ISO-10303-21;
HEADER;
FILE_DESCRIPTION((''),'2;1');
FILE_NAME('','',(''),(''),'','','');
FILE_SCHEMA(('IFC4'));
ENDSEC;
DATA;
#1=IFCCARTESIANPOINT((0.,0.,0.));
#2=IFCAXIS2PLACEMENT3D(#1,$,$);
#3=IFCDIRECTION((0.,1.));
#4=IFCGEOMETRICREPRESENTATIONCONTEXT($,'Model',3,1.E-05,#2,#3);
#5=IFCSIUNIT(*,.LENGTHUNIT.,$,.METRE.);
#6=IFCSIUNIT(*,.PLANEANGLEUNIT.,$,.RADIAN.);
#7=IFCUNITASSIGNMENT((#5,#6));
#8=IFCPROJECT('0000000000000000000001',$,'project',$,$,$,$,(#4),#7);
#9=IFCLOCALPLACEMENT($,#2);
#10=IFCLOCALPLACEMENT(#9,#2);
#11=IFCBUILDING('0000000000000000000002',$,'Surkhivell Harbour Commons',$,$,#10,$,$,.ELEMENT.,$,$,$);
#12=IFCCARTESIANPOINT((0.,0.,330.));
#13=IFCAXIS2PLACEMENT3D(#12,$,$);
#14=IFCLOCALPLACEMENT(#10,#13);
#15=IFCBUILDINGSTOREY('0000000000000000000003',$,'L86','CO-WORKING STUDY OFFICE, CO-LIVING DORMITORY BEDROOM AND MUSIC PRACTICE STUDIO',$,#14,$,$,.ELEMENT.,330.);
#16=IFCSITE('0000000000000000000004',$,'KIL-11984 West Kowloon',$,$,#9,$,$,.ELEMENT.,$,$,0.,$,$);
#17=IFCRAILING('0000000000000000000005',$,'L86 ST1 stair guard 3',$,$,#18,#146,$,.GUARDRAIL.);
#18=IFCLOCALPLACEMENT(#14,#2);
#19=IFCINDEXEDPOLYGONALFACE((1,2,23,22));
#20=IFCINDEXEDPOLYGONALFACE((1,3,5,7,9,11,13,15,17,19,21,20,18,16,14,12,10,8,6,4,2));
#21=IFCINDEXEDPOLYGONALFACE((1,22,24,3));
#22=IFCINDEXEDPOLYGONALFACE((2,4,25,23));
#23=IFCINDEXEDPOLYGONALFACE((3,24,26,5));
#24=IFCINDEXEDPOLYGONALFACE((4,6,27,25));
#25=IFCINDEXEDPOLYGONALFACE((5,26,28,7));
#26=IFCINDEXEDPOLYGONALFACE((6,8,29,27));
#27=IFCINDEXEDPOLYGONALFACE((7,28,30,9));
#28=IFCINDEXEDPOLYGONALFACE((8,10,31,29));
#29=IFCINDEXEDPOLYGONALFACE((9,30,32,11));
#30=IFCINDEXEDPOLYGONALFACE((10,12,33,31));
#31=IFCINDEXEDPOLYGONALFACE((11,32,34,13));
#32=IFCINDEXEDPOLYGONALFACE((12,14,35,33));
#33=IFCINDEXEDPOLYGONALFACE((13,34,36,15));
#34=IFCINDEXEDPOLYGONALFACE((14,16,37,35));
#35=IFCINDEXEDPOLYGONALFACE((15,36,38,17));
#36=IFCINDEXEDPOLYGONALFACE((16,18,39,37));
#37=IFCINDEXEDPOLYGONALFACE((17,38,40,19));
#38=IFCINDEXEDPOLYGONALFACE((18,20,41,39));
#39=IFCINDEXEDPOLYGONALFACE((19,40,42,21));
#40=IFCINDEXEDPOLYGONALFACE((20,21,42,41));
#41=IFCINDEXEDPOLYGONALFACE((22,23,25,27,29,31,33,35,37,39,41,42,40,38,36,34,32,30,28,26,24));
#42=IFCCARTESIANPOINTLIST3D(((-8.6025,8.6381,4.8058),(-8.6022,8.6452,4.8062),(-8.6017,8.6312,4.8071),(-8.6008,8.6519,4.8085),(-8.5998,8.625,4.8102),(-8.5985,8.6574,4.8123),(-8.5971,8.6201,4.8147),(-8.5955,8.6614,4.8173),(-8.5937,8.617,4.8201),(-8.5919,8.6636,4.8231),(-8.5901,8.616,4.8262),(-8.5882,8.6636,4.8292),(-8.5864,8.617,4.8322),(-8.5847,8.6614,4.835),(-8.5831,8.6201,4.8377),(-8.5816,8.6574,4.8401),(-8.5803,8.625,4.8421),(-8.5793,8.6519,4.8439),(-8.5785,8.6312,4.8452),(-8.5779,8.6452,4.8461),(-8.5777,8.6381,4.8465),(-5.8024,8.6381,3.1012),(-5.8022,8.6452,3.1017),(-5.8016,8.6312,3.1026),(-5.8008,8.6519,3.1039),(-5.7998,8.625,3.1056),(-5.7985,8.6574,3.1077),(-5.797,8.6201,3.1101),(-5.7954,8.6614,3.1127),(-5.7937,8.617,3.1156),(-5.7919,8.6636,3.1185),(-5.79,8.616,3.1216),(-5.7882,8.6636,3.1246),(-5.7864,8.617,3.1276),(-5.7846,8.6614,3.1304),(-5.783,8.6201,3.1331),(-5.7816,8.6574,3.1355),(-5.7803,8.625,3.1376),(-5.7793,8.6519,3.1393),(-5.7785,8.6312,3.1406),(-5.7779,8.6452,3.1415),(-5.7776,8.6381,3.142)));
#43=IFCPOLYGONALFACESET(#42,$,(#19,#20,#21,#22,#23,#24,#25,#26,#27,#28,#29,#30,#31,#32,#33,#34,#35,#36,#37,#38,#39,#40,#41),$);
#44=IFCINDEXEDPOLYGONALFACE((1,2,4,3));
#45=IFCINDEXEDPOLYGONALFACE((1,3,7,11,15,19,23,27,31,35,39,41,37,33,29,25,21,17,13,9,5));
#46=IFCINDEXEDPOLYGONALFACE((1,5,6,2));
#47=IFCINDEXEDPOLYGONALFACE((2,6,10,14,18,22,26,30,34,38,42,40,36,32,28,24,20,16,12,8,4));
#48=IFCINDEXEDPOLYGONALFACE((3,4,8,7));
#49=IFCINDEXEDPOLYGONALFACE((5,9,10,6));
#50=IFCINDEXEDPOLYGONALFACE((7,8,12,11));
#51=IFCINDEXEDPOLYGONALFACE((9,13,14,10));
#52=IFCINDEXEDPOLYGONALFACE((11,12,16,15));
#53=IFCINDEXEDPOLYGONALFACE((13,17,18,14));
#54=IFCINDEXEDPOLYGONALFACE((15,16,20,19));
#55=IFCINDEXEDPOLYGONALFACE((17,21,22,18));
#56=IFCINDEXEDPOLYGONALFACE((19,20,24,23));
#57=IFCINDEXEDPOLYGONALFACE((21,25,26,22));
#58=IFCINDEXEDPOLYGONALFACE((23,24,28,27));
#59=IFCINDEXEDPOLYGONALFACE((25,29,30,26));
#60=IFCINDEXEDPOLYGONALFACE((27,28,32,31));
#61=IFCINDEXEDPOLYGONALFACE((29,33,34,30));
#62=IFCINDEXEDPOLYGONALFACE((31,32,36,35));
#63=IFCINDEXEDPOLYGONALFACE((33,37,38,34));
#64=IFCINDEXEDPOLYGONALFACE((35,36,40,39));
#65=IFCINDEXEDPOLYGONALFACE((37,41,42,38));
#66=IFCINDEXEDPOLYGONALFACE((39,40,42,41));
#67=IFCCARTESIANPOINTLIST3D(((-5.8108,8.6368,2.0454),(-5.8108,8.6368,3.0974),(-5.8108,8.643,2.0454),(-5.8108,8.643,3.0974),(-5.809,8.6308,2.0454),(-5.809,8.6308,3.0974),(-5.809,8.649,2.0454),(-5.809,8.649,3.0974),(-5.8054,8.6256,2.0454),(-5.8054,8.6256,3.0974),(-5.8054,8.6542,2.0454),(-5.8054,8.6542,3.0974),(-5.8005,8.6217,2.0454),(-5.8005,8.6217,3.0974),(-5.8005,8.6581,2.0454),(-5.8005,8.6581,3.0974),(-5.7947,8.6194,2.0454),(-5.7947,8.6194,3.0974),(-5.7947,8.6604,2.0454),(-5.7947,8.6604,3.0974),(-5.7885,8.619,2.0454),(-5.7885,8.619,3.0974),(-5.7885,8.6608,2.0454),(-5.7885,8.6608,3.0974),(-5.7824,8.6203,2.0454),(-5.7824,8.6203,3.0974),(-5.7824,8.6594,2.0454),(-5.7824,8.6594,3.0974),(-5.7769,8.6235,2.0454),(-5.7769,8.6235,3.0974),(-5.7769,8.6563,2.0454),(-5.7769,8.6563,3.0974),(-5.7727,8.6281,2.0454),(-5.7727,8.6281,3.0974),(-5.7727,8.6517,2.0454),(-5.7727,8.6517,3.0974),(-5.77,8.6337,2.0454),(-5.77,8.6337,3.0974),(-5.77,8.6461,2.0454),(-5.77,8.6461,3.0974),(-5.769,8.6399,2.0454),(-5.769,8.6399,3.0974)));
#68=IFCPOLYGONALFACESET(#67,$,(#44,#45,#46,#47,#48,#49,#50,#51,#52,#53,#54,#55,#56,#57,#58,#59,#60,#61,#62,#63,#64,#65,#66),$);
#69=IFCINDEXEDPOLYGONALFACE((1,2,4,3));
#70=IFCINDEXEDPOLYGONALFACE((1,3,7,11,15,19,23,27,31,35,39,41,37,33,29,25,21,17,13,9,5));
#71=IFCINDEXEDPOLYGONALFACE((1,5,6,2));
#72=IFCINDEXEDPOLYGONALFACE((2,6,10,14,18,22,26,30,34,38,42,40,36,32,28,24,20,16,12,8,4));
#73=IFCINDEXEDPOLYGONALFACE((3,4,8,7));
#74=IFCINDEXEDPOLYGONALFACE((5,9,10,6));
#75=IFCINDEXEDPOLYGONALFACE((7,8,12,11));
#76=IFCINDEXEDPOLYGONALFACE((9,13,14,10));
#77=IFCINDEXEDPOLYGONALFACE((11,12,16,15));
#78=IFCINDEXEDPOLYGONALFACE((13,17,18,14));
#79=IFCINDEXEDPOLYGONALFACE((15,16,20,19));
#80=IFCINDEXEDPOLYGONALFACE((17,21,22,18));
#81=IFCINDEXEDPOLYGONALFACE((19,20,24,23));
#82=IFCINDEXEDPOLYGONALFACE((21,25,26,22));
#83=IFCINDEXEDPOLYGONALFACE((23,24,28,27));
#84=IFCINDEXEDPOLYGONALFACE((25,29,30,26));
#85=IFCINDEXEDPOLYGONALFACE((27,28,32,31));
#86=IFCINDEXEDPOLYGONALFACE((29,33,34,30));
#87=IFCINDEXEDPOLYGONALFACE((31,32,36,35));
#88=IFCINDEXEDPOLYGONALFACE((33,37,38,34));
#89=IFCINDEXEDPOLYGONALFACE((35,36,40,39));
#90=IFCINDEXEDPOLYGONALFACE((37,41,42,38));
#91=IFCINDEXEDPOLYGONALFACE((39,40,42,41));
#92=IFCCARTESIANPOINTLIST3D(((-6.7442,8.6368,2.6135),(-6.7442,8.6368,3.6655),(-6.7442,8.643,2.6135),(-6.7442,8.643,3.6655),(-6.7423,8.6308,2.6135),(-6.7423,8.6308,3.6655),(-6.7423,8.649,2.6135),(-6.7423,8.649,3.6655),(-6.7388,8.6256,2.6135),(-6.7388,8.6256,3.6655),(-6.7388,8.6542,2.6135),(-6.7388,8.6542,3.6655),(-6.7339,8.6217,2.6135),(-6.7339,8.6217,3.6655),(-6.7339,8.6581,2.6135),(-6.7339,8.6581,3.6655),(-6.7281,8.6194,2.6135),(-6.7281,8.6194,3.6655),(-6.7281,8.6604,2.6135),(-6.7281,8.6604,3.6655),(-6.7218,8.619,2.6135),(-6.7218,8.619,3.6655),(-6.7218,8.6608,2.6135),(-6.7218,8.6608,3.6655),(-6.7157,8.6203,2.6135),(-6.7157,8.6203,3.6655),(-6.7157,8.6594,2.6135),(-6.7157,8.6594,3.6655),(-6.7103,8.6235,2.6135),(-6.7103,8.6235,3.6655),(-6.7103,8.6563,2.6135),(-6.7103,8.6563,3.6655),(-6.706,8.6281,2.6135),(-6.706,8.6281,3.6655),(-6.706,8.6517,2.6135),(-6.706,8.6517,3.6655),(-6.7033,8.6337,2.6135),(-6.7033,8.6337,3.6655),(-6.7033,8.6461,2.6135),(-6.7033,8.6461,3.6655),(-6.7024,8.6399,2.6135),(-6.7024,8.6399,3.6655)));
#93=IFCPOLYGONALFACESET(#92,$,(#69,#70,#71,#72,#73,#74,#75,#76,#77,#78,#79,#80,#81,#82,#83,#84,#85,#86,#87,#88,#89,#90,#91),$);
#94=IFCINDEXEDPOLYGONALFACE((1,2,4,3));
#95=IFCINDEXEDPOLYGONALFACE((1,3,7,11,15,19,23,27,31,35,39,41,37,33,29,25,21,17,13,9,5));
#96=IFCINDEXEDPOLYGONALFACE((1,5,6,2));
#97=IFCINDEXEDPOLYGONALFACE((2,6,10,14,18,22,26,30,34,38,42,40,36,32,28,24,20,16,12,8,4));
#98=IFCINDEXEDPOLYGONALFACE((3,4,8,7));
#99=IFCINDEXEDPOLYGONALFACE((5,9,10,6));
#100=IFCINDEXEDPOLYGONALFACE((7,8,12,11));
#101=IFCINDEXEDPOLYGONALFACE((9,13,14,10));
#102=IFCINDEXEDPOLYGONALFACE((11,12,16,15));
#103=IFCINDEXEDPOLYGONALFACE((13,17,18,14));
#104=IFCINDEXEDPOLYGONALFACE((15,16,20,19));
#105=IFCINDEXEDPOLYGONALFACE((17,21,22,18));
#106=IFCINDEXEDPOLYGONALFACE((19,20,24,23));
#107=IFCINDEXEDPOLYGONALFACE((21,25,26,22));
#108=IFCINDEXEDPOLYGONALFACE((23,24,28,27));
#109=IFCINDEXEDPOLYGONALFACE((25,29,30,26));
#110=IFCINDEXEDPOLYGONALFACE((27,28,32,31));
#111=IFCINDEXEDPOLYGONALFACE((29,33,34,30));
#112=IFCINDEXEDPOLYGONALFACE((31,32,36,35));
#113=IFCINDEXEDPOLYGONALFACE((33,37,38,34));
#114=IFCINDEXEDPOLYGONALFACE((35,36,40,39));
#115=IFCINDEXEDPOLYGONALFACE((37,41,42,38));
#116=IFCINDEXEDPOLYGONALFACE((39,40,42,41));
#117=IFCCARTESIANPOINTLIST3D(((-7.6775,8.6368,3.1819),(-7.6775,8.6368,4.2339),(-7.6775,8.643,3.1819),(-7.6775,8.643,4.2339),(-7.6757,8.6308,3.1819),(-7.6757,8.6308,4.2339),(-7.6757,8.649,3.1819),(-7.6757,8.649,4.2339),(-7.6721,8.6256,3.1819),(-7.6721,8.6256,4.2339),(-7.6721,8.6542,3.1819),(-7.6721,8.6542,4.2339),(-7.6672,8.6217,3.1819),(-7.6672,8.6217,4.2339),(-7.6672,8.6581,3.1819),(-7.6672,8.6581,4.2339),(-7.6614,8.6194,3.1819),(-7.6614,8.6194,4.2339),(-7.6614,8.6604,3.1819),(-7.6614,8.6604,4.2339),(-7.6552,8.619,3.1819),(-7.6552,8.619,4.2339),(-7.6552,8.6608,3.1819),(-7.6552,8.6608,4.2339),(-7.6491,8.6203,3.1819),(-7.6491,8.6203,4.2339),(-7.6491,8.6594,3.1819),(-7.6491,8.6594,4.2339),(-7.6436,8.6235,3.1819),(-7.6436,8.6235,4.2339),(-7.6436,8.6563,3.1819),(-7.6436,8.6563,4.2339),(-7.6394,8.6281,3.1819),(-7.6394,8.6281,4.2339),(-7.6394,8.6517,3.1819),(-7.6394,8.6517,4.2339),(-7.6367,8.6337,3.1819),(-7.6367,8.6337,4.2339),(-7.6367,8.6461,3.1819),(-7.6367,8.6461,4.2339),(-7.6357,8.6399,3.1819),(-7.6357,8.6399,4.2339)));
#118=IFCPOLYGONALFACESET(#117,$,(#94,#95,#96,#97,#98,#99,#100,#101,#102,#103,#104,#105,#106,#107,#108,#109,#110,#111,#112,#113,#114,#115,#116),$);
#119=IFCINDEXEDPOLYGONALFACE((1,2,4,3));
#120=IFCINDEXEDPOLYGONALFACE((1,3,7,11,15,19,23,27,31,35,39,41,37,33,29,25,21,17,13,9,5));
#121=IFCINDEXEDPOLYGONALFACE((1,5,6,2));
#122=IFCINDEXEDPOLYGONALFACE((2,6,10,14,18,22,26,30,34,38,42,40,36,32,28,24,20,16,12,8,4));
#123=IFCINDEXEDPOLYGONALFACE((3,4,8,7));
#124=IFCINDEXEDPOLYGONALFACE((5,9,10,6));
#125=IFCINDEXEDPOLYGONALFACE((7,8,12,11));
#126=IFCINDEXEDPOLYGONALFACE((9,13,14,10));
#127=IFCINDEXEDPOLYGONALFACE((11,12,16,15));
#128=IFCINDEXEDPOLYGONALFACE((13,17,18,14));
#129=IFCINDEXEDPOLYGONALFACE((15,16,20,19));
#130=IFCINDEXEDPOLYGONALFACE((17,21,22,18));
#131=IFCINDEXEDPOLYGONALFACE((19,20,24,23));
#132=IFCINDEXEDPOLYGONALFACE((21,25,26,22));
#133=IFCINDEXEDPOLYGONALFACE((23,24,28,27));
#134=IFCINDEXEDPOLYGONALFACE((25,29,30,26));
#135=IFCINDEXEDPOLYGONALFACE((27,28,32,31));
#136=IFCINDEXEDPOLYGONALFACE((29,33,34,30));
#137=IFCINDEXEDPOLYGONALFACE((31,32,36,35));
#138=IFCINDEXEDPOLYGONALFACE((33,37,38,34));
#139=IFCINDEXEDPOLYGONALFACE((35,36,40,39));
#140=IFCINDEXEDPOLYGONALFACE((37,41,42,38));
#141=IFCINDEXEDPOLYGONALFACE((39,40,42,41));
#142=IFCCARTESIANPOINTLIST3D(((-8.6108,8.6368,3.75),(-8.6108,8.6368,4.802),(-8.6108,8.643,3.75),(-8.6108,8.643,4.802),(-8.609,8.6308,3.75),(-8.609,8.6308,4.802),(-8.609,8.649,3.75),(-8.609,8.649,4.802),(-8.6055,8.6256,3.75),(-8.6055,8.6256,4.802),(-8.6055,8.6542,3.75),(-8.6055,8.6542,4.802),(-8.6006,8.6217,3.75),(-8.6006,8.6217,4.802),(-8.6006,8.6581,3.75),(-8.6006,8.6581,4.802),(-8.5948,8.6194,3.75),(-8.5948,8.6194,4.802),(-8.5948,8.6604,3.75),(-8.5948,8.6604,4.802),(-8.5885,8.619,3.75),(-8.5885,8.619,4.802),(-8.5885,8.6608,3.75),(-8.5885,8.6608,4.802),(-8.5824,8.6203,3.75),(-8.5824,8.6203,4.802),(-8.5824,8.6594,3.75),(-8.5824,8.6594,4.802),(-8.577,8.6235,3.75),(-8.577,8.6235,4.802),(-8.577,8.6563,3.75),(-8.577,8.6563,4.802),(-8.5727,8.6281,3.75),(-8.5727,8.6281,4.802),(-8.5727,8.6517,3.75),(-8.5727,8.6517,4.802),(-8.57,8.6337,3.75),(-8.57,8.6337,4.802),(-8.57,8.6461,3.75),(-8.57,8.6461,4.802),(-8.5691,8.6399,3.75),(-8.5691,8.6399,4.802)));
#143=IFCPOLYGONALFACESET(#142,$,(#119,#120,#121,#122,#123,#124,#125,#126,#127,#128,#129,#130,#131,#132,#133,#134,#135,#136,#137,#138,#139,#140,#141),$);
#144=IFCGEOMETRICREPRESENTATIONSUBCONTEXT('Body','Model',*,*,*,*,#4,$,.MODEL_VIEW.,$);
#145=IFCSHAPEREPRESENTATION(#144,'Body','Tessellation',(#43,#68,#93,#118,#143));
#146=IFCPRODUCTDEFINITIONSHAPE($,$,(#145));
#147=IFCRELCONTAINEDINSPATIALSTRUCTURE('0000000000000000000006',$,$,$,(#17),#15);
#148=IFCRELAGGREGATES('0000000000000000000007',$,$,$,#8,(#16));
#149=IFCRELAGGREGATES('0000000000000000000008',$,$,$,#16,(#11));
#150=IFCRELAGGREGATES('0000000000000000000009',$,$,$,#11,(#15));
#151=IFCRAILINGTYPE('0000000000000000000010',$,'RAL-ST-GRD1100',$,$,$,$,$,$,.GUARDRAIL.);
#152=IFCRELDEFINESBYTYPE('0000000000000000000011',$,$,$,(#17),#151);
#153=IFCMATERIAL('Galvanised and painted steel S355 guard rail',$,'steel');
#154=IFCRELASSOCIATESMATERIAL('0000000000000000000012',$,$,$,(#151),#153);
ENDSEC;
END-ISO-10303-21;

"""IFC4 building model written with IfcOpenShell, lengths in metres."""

from ifc_helpers import new_model, si_unit, direction, frame, origin, origin_2d, place, context, subcontext, project, spatial, circle, extrude, material, type_object, element, save


model = new_model("IFC4")

# Units and contexts
model_context = context("Model", 3, precision=1e-05, world=origin(), true_north=direction((0.0, 1.0)))
body_context = subcontext(model_context, "Body", "Model", "MODEL_VIEW")
ifc_project = project(units=[si_unit("LENGTHUNIT", "METRE"), si_unit("PLANEANGLEUNIT", "RADIAN")], contexts=[model_context])

# Site, building, storey
site_placement = place(None, origin())
site = spatial("IfcSite", under=ifc_project, at=site_placement, Name="KIL-11984 West Kowloon", CompositionType="ELEMENT", RefElevation=0.0)
building_placement = place(site_placement, origin())
building = spatial("IfcBuilding", under=site, at=building_placement, Name="Surkhivell Harbour Commons", CompositionType="ELEMENT")
storey_placement = place(building_placement, frame((0.0, 0.0, 330.0)))
storey = spatial("IfcBuildingStorey", under=building, at=storey_placement, Name="L86", Description="CO-WORKING STUDY OFFICE, CO-LIVING DORMITORY BEDROOM AND MUSIC PRACTICE STUDIO", CompositionType="ELEMENT", Elevation=330.0)

# Railing
ifc_material_1 = material(Name="Galvanised and painted steel S355 guard rail", Category="steel")
railing_type_1 = type_object("IfcRailingType", Name="RAL-ST-GRD1100", PredefinedType="GUARDRAIL", material=ifc_material_1)
railing_1_placement = place(storey_placement, frame((-5.79, 8.6399, 2.0454)))
element("IfcRailing", 1, at=railing_1_placement, inside=storey, type_object=railing_type_1, Name="L86 ST1 stair guard 3", PredefinedType="GUARDRAIL", context=body_context, shape_type="SweptSolid", body=[
    extrude(circle(Radius=0.0239, at=origin_2d()), frame((0.0, 0.0, 1.0762), z_axis=(-0.85417, 0.0, 0.519994), x_axis=(0.0, -1.0, 0.0)), (0.0, 0.0, 1.0), 3.2781),
    extrude(circle(Radius=0.021, at=origin_2d()), origin(), (0.0, 0.0, 1.0), 1.052),
    extrude(circle(Radius=0.021, at=origin_2d()), frame((-0.9333, 0.0, 0.5681)), (0.0, 0.0, 1.0), 1.052),
    extrude(circle(Radius=0.021, at=origin_2d()), frame((-1.8667, 0.0, 1.1365)), (0.0, 0.0, 1.0), 1.052),
    extrude(circle(Radius=0.021, at=origin_2d()), frame((-2.8, 0.0, 1.7046)), (0.0, 0.0, 1.0), 1.052),
])

save(model, "model.ifc")
